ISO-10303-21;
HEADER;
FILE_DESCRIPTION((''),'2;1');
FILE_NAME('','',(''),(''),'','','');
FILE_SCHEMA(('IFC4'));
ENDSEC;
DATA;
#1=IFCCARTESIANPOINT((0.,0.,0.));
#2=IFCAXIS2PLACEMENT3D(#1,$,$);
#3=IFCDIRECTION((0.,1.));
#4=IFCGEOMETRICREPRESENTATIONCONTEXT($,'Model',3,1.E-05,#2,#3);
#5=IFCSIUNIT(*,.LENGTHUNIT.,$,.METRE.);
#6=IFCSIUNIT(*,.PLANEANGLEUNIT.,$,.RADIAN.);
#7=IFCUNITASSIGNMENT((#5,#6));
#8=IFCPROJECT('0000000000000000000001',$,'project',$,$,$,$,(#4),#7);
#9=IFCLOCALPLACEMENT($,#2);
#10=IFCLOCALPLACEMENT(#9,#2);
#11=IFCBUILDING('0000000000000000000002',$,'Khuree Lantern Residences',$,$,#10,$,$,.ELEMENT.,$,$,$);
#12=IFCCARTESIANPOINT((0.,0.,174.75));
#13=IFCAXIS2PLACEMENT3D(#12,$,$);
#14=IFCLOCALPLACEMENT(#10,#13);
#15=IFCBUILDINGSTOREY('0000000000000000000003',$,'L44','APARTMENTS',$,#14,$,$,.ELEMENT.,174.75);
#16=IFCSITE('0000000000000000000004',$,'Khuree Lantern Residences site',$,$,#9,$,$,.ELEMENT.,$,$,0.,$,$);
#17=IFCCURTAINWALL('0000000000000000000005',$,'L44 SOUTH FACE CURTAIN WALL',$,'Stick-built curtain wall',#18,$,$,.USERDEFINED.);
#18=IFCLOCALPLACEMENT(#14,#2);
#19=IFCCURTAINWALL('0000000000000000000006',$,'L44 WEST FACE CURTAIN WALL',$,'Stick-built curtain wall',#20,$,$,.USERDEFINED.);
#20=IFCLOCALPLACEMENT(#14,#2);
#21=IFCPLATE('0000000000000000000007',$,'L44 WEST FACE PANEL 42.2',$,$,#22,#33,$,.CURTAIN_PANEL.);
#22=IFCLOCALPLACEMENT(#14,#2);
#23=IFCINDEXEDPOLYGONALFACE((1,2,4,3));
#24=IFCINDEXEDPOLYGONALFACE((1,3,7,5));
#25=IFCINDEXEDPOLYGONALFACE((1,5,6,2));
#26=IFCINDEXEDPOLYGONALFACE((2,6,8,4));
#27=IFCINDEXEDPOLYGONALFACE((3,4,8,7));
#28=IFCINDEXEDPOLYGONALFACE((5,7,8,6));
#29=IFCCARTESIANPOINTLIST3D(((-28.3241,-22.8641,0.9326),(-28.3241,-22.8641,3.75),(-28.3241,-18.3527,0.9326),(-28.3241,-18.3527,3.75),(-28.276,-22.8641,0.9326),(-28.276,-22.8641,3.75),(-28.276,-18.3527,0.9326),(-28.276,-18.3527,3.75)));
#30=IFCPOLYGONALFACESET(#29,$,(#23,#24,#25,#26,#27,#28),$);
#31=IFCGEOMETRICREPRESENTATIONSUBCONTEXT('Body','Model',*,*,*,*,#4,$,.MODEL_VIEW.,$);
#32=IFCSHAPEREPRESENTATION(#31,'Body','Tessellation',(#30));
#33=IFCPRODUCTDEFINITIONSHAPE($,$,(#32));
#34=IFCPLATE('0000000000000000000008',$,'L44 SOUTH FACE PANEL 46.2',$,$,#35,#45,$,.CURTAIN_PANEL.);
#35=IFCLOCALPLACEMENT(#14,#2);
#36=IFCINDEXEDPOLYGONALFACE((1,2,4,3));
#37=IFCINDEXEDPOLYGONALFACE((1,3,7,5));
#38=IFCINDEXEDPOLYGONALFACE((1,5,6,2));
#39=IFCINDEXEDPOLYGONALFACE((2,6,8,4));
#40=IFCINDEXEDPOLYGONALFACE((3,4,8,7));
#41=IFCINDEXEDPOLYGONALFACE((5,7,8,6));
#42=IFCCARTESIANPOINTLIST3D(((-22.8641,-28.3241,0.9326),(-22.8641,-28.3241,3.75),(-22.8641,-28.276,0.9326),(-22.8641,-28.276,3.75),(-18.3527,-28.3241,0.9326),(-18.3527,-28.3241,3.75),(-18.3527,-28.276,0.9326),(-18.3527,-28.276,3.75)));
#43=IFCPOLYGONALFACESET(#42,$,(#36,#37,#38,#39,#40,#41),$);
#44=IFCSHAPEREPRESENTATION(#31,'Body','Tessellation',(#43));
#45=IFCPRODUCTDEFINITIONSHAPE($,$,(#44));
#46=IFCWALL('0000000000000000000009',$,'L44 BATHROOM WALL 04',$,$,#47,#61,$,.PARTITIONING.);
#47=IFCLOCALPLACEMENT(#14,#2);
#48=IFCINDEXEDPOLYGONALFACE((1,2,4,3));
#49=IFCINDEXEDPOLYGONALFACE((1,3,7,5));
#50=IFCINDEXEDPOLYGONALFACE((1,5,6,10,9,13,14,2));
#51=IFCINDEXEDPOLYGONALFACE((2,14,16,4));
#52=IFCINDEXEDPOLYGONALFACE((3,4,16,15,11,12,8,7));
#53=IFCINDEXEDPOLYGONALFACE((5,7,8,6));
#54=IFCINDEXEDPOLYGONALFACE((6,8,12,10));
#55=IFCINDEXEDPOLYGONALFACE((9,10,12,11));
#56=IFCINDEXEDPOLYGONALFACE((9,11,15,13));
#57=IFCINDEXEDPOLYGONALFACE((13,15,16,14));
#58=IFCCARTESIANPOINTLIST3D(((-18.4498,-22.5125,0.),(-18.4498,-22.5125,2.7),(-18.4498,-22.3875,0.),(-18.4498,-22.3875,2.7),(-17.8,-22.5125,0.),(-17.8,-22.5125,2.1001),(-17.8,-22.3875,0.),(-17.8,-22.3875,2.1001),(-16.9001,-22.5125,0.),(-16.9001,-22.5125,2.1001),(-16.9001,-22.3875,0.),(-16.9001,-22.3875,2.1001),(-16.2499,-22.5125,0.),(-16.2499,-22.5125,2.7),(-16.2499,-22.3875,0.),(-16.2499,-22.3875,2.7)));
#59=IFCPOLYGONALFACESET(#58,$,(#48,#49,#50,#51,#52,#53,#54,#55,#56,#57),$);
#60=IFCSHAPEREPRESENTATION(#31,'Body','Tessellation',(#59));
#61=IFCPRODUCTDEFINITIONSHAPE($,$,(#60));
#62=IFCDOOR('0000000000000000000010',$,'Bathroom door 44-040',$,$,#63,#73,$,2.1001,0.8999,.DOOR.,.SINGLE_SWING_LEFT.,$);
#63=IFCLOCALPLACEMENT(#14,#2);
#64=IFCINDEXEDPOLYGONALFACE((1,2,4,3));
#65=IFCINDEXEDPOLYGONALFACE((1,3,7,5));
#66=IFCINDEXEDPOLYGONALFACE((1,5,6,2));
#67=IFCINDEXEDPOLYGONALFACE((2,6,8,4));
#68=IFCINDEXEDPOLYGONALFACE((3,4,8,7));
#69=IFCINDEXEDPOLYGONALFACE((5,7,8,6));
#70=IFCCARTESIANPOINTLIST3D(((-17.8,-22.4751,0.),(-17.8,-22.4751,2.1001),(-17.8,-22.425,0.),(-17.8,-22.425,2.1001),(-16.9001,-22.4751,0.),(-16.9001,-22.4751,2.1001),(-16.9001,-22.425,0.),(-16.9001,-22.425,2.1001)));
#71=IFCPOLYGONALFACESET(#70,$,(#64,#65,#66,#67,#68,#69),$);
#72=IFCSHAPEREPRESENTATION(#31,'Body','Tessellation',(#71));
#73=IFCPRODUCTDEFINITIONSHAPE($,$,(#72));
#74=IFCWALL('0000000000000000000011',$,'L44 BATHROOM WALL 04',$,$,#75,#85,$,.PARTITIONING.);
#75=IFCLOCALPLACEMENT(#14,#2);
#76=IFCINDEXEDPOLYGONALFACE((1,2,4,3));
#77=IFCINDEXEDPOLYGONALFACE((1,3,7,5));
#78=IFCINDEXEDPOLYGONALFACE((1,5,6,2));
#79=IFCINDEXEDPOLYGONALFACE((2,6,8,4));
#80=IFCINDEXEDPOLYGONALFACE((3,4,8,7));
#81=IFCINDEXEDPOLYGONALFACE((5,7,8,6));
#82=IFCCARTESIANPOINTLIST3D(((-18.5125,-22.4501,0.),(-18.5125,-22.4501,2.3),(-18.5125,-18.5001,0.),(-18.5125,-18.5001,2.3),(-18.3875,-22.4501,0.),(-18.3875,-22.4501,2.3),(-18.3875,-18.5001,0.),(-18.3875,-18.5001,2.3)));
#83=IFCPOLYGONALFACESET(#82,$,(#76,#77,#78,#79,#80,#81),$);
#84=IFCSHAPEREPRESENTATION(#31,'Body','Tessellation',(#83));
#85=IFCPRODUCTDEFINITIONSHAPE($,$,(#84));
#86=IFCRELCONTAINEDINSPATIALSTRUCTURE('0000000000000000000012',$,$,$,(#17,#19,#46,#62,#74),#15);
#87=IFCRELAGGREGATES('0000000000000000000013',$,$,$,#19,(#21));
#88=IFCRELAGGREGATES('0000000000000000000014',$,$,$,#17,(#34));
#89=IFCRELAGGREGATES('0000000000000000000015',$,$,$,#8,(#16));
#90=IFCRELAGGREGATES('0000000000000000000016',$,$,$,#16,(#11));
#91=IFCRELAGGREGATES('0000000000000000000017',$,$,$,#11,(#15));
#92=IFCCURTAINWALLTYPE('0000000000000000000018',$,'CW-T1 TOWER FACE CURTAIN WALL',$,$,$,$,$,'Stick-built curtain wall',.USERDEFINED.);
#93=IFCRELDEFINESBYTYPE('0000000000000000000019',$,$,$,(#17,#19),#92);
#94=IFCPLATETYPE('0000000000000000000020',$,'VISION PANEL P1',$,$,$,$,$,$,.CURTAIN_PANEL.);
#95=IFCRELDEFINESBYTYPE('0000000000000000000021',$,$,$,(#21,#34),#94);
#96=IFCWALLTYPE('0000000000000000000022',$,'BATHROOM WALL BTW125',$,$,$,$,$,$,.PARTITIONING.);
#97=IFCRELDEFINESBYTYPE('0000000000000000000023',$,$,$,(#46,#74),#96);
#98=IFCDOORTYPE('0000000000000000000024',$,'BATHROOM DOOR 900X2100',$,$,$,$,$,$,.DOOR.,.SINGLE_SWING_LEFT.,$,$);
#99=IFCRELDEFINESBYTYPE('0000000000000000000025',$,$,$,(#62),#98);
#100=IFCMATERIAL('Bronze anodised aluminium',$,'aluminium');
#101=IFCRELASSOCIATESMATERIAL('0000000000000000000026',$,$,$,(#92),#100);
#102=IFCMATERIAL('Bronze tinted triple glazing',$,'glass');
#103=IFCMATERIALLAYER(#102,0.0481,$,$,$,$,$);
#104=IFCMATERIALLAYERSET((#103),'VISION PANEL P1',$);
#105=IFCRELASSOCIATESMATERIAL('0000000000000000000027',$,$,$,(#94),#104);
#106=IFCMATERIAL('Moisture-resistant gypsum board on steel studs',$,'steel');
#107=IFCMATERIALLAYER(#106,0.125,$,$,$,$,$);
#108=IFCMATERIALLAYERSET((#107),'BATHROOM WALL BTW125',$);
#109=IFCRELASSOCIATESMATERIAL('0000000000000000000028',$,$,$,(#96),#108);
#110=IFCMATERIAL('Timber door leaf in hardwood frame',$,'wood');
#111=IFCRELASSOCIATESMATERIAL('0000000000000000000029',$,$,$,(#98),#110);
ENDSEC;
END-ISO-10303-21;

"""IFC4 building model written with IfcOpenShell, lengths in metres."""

from ifc_helpers import new_model, si_unit, direction, frame, frame_2d, origin, origin_2d, place, context, subcontext, project, spatial, rectangle, extrude, material, layer, layer_set, type_object, element, fill, aggregate, save


model = new_model("IFC4")

# Units and contexts
model_context = context("Model", 3, precision=1e-05, world=origin(), true_north=direction((0.0, 1.0)))
body_context = subcontext(model_context, "Body", "Model", "MODEL_VIEW")
ifc_project = project(units=[si_unit("LENGTHUNIT", "METRE"), si_unit("PLANEANGLEUNIT", "RADIAN")], contexts=[model_context])

# Site, building, storey
site_placement = place(None, origin())
site = spatial("IfcSite", under=ifc_project, at=site_placement, Name="Khuree Lantern Residences site", CompositionType="ELEMENT", RefElevation=0.0)
building_placement = place(site_placement, origin())
building = spatial("IfcBuilding", under=site, at=building_placement, Name="Khuree Lantern Residences", CompositionType="ELEMENT")
storey_placement = place(building_placement, frame((0.0, 0.0, 174.75)))
storey = spatial("IfcBuildingStorey", under=building, at=storey_placement, Name="L44", Description="APARTMENTS", CompositionType="ELEMENT", Elevation=174.75)

# Curtain wall
ifc_material_1 = material(Name="Bronze anodised aluminium", Category="aluminium")
curtain_wall_type_1 = type_object("IfcCurtainWallType", Name="CW-T1 TOWER FACE CURTAIN WALL", ElementType="Stick-built curtain wall", PredefinedType="USERDEFINED", material=ifc_material_1)
curtain_wall_1_placement = place(storey_placement, origin())
curtain_wall_1 = element("IfcCurtainWall", 1, at=curtain_wall_1_placement, inside=storey, type_object=curtain_wall_type_1, Name="L44 SOUTH FACE CURTAIN WALL", ObjectType="Stick-built curtain wall", PredefinedType="USERDEFINED")

# Curtain wall
curtain_wall_2_placement = place(storey_placement, origin())
curtain_wall_2 = element("IfcCurtainWall", 2, at=curtain_wall_2_placement, inside=storey, type_object=curtain_wall_type_1, Name="L44 WEST FACE CURTAIN WALL", ObjectType="Stick-built curtain wall", PredefinedType="USERDEFINED")

# Plates
ifc_material_2 = material(Name="Bronze tinted triple glazing", Category="glass")
ifc_layer_1 = layer(ifc_material_2, 0.0481)
ifc_layer_set_1 = layer_set([ifc_layer_1], Name="VISION PANEL P1")
plate_type_1 = type_object("IfcPlateType", Name="VISION PANEL P1", PredefinedType="CURTAIN_PANEL", material=ifc_layer_set_1)
plate_1_placement = place(storey_placement, frame((-28.3, -20.6084, 0.9326), z_axis=(0.0, 0.0, 1.0), x_axis=(0.0, -1.0, 0.0)))
plate_1 = element("IfcPlate", 3, at=plate_1_placement, type_object=plate_type_1, Name="L44 WEST FACE PANEL 42.2", PredefinedType="CURTAIN_PANEL", context=body_context, shape_type="SweptSolid", body=[
    extrude(rectangle(XDim=4.5115, YDim=0.0481, at=origin_2d()), origin(), (0.0, 0.0, 1.0), 2.8174),
])
aggregate(curtain_wall_2, [plate_1])
plate_2_placement = place(storey_placement, frame((-20.6084, -28.3, 0.9326), z_axis=(0.0, 0.0, 1.0), x_axis=(1.0, 0.0, 0.0)))
plate_2 = element("IfcPlate", 4, at=plate_2_placement, type_object=plate_type_1, Name="L44 SOUTH FACE PANEL 46.2", PredefinedType="CURTAIN_PANEL", context=body_context, shape_type="SweptSolid", body=[
    extrude(rectangle(XDim=4.5115, YDim=0.0481, at=origin_2d()), origin(), (0.0, 0.0, 1.0), 2.8174),
])
aggregate(curtain_wall_1, [plate_2])

# Wall, opening, door
ifc_material_3 = material(Name="Moisture-resistant gypsum board on steel studs", Category="steel")
ifc_layer_2 = layer(ifc_material_3, 0.125)
ifc_layer_set_2 = layer_set([ifc_layer_2], Name="BATHROOM WALL BTW125")
wall_type = type_object("IfcWallType", Name="BATHROOM WALL BTW125", PredefinedType="PARTITIONING", material=ifc_layer_set_2)
wall_1_placement = place(storey_placement, frame((-18.45, -22.45, 0.0), z_axis=(0.0, 0.0, 1.0), x_axis=(1.0, 0.0, 0.0)))
wall_1 = element("IfcWall", 5, at=wall_1_placement, inside=storey, type_object=wall_type, Name="L44 BATHROOM WALL 04", PredefinedType="PARTITIONING", context=body_context, shape_type="SweptSolid", body=[
    extrude(rectangle(XDim=2.2, YDim=0.125, at=frame_2d((1.1001, 0.0))), origin(), (0.0, 0.0, 1.0), 2.7),
])
opening_placement = place(wall_1_placement, frame((0.6499, 0.0, 0.0)))
opening = element("IfcOpeningElement", 6, at=opening_placement, cuts=wall_1, PredefinedType="OPENING", context=body_context, shape_type="SweptSolid", body=[
    extrude(rectangle(XDim=0.8999, YDim=2.1001, at=frame_2d((0.45, 1.05))), frame((0.0, 0.0725, 0.0), z_axis=(0.0, -1.0, 0.0), x_axis=(1.0, 0.0, 0.0)), (0.0, 0.0, 1.0), 0.145),
])
ifc_material_4 = material(Name="Timber door leaf in hardwood frame", Category="wood")
door_type = type_object("IfcDoorType", Name="BATHROOM DOOR 900X2100", OperationType="SINGLE_SWING_LEFT", PredefinedType="DOOR", material=ifc_material_4)
door_placement = place(opening_placement, origin())
door = element("IfcDoor", 7, at=door_placement, inside=storey, type_object=door_type, Name="Bathroom door 44-040", OperationType="SINGLE_SWING_LEFT", OverallHeight=2.1001, OverallWidth=0.8999, PredefinedType="DOOR", context=body_context, shape_type="SweptSolid", body=[
    extrude(rectangle(XDim=0.8999, YDim=2.1001, at=frame_2d((0.45, 1.05))), frame((0.0, 0.0249, 0.0), z_axis=(0.0, -1.0, 0.0), x_axis=(1.0, 0.0, 0.0)), (0.0, 0.0, 1.0), 0.05),
])
fill(opening, door)

# Wall
wall_2_placement = place(storey_placement, frame((-18.45, -18.5, 0.0), z_axis=(0.0, 0.0, 1.0), x_axis=(0.0, -1.0, 0.0)))
element("IfcWall", 8, at=wall_2_placement, inside=storey, type_object=wall_type, Name="L44 BATHROOM WALL 04", PredefinedType="PARTITIONING", context=body_context, shape_type="SweptSolid", body=[
    extrude(rectangle(XDim=3.95, YDim=0.125, at=frame_2d((1.9751, 0.0))), origin(), (0.0, 0.0, 1.0), 2.3),
])

save(model, "model.ifc")
